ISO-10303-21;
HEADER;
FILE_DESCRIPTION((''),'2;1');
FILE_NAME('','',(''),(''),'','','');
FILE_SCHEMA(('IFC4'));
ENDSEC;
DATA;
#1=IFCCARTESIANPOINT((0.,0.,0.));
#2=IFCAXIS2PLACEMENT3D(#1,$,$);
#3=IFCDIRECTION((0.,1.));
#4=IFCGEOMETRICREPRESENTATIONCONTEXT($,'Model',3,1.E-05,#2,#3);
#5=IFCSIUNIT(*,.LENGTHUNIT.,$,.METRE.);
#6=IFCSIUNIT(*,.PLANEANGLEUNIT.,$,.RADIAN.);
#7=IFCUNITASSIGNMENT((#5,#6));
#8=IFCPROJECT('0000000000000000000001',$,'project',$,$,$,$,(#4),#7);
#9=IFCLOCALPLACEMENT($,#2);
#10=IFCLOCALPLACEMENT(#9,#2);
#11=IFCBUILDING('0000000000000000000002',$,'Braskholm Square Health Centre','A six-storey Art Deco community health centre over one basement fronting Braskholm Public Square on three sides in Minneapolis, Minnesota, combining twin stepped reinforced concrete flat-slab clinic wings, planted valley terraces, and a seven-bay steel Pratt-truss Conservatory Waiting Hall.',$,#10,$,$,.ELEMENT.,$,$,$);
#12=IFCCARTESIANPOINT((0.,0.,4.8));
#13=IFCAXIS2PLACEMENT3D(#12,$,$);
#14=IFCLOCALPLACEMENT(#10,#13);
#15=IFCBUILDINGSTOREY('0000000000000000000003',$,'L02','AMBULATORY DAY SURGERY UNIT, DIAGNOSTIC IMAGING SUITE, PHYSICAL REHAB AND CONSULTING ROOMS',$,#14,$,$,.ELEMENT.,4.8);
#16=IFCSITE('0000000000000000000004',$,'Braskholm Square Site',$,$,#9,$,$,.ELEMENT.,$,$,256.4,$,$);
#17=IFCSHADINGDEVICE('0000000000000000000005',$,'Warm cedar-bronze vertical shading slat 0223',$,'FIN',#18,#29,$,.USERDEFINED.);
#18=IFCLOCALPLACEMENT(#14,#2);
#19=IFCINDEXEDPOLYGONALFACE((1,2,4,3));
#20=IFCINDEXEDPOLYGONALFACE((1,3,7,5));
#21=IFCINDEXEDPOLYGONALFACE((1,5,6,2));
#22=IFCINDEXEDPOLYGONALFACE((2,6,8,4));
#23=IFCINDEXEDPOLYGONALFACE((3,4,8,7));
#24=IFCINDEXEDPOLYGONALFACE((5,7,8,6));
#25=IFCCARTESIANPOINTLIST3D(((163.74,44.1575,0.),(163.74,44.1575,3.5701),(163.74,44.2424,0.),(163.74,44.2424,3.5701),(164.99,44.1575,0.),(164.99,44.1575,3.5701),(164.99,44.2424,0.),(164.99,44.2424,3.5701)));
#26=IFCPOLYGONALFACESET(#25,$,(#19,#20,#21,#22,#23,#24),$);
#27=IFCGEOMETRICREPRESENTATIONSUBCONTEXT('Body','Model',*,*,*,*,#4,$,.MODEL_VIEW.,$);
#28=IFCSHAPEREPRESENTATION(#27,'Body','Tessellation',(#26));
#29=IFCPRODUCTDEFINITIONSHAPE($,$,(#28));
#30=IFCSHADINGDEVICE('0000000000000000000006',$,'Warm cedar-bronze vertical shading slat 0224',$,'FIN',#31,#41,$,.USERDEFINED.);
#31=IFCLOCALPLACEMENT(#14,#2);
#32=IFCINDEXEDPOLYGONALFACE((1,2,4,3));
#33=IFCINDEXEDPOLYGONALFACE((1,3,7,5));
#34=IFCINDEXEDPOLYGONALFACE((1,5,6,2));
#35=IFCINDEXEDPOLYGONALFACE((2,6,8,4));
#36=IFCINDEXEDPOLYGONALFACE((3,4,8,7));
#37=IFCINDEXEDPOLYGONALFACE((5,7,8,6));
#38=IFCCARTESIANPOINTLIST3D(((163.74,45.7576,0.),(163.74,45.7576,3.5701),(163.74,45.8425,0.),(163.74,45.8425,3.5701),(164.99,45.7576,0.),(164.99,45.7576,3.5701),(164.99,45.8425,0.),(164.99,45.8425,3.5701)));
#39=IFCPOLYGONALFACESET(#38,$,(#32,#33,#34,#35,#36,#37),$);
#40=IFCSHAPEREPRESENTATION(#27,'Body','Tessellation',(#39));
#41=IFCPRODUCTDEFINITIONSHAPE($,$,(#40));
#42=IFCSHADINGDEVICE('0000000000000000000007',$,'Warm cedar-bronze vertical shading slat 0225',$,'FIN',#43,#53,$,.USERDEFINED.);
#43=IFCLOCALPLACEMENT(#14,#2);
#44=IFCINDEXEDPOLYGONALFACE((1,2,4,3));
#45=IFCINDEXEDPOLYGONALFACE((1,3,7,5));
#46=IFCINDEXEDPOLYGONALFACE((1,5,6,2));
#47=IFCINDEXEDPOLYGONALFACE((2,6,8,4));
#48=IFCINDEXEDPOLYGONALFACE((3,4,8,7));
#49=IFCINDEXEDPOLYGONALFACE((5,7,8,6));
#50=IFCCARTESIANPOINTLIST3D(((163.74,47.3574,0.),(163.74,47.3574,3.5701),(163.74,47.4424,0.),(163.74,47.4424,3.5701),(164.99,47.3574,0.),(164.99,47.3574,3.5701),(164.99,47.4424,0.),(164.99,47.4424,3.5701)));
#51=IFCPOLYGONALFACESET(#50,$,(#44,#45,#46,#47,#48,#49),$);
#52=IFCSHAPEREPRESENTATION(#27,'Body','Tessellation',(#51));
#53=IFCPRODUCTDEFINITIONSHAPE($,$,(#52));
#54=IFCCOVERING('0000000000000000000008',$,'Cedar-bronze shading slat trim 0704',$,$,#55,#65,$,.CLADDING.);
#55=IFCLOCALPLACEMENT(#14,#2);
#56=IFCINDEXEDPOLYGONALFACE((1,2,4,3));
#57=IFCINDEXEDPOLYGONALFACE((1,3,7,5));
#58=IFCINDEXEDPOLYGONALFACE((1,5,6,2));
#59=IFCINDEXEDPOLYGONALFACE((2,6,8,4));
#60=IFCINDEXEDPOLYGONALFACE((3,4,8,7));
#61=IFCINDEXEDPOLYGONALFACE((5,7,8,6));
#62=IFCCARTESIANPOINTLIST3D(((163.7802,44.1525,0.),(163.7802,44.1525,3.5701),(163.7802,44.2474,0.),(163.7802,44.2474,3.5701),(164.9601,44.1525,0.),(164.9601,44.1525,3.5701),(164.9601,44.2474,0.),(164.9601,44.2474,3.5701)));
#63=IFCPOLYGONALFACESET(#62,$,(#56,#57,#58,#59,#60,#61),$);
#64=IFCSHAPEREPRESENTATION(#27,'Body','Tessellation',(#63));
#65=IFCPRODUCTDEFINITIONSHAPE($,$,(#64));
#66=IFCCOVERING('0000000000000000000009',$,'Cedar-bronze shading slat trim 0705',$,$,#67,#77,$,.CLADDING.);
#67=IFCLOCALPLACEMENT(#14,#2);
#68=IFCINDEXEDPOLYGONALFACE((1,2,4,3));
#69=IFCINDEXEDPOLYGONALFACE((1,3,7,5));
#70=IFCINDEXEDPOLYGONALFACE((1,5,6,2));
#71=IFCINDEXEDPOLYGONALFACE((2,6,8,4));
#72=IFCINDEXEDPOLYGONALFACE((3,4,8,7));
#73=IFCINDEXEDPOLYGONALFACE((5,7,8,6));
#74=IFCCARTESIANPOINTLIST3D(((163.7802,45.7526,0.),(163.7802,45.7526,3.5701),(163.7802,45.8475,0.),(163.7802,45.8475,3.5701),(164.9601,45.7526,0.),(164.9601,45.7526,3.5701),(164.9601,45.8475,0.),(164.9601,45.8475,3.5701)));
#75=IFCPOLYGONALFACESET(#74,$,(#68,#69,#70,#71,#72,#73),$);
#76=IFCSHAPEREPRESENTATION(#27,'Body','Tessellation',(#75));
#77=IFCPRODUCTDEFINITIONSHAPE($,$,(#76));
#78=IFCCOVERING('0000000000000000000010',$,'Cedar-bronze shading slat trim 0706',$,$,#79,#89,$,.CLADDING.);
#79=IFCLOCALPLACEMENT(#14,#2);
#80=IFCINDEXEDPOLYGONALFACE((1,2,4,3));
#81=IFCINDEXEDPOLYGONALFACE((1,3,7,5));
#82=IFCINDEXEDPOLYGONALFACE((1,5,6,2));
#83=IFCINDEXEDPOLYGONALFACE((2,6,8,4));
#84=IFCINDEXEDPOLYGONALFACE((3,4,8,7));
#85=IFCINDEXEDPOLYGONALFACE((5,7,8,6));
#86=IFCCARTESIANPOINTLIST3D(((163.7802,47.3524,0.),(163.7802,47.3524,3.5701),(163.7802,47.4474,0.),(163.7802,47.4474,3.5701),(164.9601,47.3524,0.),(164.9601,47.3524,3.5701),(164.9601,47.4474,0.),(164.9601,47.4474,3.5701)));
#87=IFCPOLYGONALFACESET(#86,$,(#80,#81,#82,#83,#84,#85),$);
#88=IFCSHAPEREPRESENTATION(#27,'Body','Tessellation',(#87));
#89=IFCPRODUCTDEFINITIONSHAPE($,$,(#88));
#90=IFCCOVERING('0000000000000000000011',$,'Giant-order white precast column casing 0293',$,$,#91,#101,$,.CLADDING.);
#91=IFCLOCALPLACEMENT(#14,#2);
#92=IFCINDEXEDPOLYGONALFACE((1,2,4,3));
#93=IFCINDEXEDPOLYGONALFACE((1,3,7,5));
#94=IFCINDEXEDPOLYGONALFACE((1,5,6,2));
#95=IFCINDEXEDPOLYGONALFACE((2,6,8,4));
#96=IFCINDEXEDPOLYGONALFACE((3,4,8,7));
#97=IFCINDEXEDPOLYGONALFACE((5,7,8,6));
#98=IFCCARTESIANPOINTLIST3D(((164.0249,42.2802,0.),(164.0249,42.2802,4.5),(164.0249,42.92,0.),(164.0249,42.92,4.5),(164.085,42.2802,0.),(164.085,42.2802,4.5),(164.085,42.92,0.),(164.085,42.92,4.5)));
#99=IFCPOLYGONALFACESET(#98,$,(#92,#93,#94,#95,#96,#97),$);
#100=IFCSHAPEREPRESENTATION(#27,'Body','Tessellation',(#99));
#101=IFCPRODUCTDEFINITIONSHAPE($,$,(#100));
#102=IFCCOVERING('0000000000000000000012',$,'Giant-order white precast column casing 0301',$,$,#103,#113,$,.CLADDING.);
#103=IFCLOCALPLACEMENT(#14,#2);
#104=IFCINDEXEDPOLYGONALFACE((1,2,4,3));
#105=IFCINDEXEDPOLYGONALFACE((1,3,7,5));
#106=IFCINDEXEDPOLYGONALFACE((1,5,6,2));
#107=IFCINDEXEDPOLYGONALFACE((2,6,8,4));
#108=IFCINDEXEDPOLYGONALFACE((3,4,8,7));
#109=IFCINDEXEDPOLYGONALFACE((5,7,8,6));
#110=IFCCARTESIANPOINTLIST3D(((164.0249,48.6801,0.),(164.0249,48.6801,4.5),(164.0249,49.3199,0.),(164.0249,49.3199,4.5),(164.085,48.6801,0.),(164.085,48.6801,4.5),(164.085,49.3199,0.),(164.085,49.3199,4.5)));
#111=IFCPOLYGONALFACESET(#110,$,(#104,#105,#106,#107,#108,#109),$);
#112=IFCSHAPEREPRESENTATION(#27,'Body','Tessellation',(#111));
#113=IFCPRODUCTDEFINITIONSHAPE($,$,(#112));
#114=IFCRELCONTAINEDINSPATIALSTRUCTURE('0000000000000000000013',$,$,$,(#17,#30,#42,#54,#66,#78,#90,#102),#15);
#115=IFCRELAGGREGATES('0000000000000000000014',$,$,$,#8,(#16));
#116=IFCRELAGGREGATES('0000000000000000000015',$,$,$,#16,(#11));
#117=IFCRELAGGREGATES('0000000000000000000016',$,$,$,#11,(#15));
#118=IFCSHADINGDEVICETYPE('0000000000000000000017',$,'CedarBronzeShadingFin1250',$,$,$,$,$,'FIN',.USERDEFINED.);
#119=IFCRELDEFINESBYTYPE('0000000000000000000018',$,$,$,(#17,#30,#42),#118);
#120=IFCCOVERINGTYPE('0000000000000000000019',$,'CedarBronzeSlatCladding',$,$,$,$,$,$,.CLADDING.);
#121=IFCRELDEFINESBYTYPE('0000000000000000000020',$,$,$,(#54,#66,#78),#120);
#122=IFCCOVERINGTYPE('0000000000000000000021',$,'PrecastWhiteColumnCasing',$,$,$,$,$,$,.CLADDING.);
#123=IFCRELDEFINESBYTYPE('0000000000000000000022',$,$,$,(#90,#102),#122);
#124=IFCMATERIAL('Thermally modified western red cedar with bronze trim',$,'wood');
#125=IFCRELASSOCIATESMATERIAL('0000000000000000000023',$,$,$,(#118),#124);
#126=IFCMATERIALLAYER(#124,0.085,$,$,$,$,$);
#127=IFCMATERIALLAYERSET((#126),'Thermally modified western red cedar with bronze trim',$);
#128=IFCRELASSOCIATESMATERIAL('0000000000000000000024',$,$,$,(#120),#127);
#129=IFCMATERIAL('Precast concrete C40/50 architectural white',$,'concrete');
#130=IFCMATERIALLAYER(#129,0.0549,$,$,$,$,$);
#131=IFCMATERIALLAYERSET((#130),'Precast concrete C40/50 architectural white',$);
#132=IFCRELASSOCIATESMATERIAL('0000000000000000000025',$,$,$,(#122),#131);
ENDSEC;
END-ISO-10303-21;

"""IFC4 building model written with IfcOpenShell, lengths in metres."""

from ifc_helpers import new_model, si_unit, direction, frame, origin, origin_2d, place, context, subcontext, project, spatial, rectangle, extrude, material, layer, layer_set, type_object, element, save


model = new_model("IFC4")

# Units and contexts
model_context = context("Model", 3, precision=1e-05, world=origin(), true_north=direction((0.0, 1.0)))
body_context = subcontext(model_context, "Body", "Model", "MODEL_VIEW")
ifc_project = project(units=[si_unit("LENGTHUNIT", "METRE"), si_unit("PLANEANGLEUNIT", "RADIAN")], contexts=[model_context])

# Site, building, storey
site_placement = place(None, origin())
site = spatial("IfcSite", under=ifc_project, at=site_placement, Name="Braskholm Square Site", CompositionType="ELEMENT", RefElevation=256.4)
building_placement = place(site_placement, origin())
building = spatial("IfcBuilding", under=site, at=building_placement, Name="Braskholm Square Health Centre", Description="A six-storey Art Deco community health centre over one basement fronting Braskholm Public Square on three sides in Minneapolis, Minnesota, combining twin stepped reinforced concrete flat-slab clinic wings, planted valley terraces, and a seven-bay steel Pratt-truss Conservatory Waiting Hall.", CompositionType="ELEMENT")
storey_placement = place(building_placement, frame((0.0, 0.0, 4.8)))
storey = spatial("IfcBuildingStorey", under=building, at=storey_placement, Name="L02", Description="AMBULATORY DAY SURGERY UNIT, DIAGNOSTIC IMAGING SUITE, PHYSICAL REHAB AND CONSULTING ROOMS", CompositionType="ELEMENT", Elevation=4.8)

# Shared definitions
ifc_material_1 = material(Name="Precast concrete C40/50 architectural white", Category="concrete")

# Shading devices
ifc_material_2 = material(Name="Thermally modified western red cedar with bronze trim", Category="wood")
shading_device_type = type_object("IfcShadingDeviceType", Name="CedarBronzeShadingFin1250", ElementType="FIN", PredefinedType="USERDEFINED", material=ifc_material_2)
for number, where, z_axis, x_axis, name in (
    (1, (164.365, 44.2, 0.0), (0.0, 0.0, 1.0), (1.0, 0.0, 0.0), "Warm cedar-bronze vertical shading slat 0223"),
    (2, (164.365, 45.8, 0.0), (0.0, 0.0, 1.0), (1.0, 0.0, 0.0), "Warm cedar-bronze vertical shading slat 0224"),
    (3, (164.365, 47.3999, 0.0), (0.0, 0.0, 1.0), (1.0, 0.0, 0.0), "Warm cedar-bronze vertical shading slat 0225"),
):
    element("IfcShadingDevice", number, at=place(storey_placement, frame(where, z_axis=z_axis, x_axis=x_axis)), inside=storey, type_object=shading_device_type, Name=name, ObjectType="FIN", PredefinedType="USERDEFINED", context=body_context, shape_type="SweptSolid", body=[
        extrude(rectangle(XDim=1.25, YDim=0.085, at=origin_2d()), origin(), (0.0, 0.0, 1.0), 3.5701),
    ])

# Coverings
ifc_layer_1 = layer(ifc_material_2, 0.085)
ifc_layer_set_1 = layer_set([ifc_layer_1], Name="Thermally modified western red cedar with bronze trim")
covering_type_1 = type_object("IfcCoveringType", Name="CedarBronzeSlatCladding", PredefinedType="CLADDING", material=ifc_layer_set_1)
for number, where, z_axis, x_axis, name in (
    (4, (164.3701, 44.2, 0.0), (0.0, 0.0, 1.0), (1.0, 0.0, 0.0), "Cedar-bronze shading slat trim 0704"),
    (5, (164.3701, 45.8, 0.0), (0.0, 0.0, 1.0), (1.0, 0.0, 0.0), "Cedar-bronze shading slat trim 0705"),
    (6, (164.3701, 47.3999, 0.0), (0.0, 0.0, 1.0), (1.0, 0.0, 0.0), "Cedar-bronze shading slat trim 0706"),
):
    element("IfcCovering", number, at=place(storey_placement, frame(where, z_axis=z_axis, x_axis=x_axis)), inside=storey, type_object=covering_type_1, Name=name, PredefinedType="CLADDING", context=body_context, shape_type="SweptSolid", body=[
        extrude(rectangle(XDim=1.1799, YDim=0.095, at=origin_2d()), origin(), (0.0, 0.0, 1.0), 3.5701),
    ])
ifc_layer_2 = layer(ifc_material_1, 0.0549)
ifc_layer_set_2 = layer_set([ifc_layer_2], Name="Precast concrete C40/50 architectural white")
covering_type_2 = type_object("IfcCoveringType", Name="PrecastWhiteColumnCasing", PredefinedType="CLADDING", material=ifc_layer_set_2)
for number, where, z_axis, x_axis, name in (
    (7, (164.0549, 42.6001, 0.0), (0.0, 0.0, 1.0), (1.0, 0.0, 0.0), "Giant-order white precast column casing 0293"),
    (8, (164.0549, 49.0, 0.0), (0.0, 0.0, 1.0), (1.0, 0.0, 0.0), "Giant-order white precast column casing 0301"),
):
    element("IfcCovering", number, at=place(storey_placement, frame(where, z_axis=z_axis, x_axis=x_axis)), inside=storey, type_object=covering_type_2, Name=name, PredefinedType="CLADDING", context=body_context, shape_type="SweptSolid", body=[
        extrude(rectangle(XDim=0.0601, YDim=0.6399, at=origin_2d()), origin(), (0.0, 0.0, 1.0), 4.5),
    ])

save(model, "model.ifc")
